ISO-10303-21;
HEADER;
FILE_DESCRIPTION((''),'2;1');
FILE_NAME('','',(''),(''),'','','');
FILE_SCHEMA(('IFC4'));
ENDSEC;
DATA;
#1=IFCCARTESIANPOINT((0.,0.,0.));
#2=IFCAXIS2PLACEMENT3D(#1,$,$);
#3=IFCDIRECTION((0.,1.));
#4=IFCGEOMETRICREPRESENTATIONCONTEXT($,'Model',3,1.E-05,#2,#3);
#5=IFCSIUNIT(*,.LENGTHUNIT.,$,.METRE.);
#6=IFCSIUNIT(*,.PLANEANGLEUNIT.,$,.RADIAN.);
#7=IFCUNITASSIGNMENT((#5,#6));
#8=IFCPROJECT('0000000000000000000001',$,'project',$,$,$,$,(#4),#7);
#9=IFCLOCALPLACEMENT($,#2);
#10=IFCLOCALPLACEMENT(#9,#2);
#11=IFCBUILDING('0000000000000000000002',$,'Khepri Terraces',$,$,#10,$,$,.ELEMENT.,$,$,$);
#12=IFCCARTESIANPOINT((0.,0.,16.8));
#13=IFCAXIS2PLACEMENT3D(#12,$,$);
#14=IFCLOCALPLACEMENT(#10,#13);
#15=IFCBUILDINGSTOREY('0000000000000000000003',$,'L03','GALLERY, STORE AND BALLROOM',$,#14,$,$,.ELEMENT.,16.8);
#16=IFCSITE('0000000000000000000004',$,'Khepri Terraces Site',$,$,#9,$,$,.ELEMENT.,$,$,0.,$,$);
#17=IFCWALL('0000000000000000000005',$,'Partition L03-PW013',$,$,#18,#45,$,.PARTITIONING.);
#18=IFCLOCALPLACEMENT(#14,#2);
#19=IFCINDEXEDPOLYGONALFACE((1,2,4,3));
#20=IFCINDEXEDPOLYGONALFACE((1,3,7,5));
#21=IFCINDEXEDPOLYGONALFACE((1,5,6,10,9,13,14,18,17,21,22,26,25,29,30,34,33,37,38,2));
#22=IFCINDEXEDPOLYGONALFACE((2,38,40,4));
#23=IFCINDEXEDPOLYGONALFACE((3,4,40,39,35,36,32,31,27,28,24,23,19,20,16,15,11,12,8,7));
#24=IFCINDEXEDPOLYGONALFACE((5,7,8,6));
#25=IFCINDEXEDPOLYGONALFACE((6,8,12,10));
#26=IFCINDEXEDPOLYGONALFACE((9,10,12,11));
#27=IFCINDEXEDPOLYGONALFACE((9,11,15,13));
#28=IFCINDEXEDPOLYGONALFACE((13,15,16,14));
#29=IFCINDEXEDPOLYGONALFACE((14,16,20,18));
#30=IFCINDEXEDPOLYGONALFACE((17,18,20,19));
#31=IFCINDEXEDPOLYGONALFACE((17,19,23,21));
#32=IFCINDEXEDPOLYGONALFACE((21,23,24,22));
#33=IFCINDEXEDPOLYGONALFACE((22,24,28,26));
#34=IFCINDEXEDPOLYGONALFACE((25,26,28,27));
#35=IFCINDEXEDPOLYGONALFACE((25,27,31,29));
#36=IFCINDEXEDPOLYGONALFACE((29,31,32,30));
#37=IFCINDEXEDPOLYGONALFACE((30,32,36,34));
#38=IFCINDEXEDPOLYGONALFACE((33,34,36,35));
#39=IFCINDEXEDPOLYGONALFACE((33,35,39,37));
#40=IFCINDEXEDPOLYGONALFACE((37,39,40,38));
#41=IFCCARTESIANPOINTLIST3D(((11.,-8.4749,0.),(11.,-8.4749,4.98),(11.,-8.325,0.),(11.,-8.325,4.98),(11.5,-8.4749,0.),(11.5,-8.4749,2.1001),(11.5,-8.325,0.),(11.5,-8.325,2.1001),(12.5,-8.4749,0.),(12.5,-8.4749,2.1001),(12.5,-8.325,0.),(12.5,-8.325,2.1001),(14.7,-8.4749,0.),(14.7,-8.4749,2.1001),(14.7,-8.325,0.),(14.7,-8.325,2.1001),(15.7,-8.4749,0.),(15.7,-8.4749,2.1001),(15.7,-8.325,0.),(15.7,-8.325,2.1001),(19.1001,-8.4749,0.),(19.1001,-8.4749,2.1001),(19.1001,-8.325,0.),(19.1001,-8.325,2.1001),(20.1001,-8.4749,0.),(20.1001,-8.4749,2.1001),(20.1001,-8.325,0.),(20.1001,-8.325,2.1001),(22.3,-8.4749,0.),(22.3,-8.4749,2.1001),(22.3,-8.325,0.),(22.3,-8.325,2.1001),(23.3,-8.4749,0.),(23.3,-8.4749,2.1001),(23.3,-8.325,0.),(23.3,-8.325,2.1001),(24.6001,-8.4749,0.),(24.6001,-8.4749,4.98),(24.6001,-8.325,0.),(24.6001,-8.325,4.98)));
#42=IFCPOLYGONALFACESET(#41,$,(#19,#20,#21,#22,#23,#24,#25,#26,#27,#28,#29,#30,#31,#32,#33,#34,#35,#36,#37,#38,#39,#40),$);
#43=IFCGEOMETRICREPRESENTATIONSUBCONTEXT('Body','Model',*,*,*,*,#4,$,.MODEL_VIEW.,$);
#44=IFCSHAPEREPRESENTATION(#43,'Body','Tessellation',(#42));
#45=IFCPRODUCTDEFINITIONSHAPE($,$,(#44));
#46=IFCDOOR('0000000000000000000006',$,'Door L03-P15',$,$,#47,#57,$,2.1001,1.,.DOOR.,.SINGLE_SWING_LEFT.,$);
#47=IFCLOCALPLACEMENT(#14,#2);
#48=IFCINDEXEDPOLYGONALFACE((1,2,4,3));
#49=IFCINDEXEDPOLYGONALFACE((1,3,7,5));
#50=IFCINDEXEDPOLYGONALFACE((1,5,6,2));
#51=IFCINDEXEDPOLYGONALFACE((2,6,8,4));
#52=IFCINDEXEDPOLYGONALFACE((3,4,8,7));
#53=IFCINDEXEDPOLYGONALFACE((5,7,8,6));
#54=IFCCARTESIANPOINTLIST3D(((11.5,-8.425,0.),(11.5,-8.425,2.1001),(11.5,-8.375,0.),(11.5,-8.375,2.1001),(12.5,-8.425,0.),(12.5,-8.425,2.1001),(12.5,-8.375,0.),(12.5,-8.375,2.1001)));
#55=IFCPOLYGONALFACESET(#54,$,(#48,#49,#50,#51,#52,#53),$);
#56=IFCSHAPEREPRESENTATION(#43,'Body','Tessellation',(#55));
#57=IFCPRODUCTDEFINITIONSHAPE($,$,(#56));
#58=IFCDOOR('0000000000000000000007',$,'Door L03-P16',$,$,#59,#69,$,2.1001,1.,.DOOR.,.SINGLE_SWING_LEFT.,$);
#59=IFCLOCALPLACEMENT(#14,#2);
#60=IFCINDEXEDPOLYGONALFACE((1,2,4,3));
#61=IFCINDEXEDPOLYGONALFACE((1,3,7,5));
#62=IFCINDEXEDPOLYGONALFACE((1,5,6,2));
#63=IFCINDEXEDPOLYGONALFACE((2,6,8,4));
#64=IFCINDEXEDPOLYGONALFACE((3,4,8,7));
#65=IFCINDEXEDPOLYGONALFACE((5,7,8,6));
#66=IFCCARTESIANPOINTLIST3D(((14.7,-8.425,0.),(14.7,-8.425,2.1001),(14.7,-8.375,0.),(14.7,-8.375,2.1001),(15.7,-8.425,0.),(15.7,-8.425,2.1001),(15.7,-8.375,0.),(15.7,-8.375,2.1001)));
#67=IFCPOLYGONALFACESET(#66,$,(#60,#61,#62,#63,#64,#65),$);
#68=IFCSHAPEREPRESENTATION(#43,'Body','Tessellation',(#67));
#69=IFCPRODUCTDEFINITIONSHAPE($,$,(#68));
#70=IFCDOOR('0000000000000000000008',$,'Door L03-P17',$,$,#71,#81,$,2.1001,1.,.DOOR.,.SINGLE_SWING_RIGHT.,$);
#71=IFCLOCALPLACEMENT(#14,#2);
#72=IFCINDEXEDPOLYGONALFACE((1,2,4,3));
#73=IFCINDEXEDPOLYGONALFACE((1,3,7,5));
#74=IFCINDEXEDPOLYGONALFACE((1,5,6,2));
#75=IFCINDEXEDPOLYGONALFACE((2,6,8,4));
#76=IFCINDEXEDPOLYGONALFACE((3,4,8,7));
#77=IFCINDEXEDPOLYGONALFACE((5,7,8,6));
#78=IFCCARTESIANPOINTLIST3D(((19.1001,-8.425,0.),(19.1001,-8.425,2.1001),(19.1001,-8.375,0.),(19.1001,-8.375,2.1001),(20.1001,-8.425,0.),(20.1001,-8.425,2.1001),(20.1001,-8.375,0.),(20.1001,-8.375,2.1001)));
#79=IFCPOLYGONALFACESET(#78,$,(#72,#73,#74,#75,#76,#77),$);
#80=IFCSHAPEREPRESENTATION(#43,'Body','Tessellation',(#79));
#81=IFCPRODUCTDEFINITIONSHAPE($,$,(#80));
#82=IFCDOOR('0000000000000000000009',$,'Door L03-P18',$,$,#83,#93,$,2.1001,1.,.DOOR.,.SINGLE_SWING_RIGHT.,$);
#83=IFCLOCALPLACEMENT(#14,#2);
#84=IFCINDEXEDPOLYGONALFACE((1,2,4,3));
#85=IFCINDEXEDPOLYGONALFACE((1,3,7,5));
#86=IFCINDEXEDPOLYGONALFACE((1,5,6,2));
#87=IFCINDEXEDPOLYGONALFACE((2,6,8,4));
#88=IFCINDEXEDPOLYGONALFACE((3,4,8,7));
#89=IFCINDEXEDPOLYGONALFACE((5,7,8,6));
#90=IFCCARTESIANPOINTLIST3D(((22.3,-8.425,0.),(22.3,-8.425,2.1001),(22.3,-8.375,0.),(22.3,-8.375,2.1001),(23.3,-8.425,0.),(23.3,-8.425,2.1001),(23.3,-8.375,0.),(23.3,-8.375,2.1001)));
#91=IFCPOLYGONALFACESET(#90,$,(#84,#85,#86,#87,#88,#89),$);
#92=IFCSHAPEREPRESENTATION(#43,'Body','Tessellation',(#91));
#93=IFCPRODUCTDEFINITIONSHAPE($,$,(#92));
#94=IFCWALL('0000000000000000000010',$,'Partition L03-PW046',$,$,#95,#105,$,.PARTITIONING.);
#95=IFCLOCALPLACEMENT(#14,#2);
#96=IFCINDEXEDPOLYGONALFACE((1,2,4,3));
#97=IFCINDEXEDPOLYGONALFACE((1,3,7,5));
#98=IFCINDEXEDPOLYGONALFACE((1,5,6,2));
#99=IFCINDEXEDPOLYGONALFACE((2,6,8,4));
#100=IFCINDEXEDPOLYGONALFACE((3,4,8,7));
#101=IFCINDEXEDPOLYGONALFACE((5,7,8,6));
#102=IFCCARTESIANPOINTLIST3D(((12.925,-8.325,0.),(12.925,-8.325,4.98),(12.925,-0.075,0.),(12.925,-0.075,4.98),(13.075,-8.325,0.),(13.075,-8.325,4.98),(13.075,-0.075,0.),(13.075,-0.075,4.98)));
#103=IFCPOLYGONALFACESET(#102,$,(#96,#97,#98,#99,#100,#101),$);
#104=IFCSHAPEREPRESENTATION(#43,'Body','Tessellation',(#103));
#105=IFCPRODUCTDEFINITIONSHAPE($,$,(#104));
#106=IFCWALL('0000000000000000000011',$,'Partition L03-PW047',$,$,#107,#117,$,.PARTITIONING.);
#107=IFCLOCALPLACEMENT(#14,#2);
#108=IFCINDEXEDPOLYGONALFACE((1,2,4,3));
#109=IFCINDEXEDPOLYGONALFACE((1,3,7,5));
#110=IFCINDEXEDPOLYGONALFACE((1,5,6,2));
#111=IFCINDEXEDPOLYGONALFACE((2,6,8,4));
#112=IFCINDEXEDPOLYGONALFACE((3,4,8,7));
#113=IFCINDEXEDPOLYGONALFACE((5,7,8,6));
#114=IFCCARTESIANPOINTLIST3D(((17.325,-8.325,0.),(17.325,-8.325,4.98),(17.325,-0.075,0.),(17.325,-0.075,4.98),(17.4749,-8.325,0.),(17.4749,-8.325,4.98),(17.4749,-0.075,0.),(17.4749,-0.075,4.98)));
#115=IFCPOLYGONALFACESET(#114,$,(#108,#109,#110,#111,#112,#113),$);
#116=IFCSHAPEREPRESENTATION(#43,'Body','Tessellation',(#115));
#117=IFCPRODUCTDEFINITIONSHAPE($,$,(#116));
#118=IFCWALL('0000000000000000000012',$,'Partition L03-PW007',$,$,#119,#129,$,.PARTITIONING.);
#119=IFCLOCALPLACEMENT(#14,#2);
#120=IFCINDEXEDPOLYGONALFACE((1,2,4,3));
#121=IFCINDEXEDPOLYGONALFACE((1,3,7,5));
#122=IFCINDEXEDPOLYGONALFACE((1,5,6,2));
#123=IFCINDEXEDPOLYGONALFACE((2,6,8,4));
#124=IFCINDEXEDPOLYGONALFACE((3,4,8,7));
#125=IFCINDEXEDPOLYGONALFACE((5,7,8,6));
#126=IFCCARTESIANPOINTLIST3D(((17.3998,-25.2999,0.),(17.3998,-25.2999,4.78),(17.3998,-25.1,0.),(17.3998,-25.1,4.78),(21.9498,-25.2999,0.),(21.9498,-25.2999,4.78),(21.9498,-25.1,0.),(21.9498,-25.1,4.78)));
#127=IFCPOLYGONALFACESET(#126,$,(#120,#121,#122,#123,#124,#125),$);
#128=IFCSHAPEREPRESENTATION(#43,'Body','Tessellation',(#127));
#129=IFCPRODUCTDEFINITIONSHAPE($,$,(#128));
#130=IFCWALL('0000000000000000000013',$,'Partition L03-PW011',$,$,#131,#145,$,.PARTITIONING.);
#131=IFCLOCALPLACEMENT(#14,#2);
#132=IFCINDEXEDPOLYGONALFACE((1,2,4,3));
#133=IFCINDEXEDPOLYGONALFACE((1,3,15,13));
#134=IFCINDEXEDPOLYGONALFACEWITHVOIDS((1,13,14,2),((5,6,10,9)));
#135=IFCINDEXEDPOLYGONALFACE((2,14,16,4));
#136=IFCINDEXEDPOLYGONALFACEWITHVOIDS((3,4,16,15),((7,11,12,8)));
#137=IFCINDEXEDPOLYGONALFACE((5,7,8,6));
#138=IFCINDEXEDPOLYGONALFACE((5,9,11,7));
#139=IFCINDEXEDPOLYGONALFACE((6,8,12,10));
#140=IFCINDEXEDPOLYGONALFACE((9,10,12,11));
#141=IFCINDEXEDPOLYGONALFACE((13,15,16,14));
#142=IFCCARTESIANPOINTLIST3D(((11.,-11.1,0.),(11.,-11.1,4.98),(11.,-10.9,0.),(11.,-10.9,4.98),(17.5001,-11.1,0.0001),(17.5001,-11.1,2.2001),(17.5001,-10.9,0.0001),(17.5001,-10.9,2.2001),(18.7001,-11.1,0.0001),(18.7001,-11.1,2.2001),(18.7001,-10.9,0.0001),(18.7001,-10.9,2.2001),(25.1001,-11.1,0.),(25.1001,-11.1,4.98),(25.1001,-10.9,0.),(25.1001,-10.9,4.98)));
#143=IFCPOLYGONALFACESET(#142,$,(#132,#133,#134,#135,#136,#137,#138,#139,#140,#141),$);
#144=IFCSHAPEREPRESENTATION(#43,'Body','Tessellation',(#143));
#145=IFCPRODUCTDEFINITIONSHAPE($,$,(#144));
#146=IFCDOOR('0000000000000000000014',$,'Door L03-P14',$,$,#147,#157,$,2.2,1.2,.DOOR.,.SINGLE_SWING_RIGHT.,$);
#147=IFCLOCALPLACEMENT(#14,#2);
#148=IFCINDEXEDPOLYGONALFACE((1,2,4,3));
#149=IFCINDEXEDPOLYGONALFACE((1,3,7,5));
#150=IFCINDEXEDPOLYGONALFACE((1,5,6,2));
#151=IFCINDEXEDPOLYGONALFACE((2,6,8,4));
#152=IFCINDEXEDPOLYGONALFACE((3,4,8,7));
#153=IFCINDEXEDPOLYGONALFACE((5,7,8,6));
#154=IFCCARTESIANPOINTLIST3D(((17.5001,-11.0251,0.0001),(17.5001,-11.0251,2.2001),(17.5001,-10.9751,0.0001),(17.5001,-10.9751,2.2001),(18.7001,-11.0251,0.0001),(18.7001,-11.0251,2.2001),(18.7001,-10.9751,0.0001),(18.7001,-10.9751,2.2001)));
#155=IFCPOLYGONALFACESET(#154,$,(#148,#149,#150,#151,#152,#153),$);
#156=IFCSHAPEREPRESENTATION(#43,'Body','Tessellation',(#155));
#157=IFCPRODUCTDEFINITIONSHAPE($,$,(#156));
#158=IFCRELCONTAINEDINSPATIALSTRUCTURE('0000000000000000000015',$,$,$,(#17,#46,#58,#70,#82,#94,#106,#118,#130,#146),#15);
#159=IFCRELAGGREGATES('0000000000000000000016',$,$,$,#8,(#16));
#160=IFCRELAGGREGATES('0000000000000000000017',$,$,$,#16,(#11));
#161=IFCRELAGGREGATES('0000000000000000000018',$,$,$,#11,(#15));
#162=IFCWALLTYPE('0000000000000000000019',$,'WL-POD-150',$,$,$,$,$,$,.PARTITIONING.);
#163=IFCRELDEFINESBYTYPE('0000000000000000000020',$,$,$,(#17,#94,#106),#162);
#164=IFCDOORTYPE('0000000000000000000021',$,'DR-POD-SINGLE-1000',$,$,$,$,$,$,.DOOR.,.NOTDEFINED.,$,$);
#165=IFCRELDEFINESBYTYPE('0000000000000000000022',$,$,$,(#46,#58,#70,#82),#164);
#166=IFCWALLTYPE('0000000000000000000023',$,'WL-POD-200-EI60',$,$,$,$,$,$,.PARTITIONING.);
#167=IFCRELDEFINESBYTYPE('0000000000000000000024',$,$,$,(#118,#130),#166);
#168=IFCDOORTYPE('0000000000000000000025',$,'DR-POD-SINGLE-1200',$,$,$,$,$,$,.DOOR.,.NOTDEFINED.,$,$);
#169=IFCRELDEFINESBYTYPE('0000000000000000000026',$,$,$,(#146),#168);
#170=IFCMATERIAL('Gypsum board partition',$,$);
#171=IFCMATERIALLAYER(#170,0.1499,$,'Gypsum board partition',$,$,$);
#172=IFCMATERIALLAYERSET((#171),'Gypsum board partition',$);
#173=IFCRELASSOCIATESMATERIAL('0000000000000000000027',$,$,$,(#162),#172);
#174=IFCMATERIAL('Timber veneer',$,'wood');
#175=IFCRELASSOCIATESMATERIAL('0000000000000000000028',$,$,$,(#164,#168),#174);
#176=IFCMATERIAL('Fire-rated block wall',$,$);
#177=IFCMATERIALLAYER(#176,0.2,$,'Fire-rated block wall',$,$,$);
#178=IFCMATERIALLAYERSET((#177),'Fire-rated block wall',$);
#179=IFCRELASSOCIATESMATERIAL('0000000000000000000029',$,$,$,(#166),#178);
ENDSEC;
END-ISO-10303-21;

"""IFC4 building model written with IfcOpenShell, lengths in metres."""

from ifc_helpers import new_model, si_unit, direction, frame, frame_2d, origin, place, context, subcontext, project, spatial, rectangle, extrude, material, layer, layer_set, type_object, element, fill, save


model = new_model("IFC4")

# Units and contexts
model_context = context("Model", 3, precision=1e-05, world=origin(), true_north=direction((0.0, 1.0)))
body_context = subcontext(model_context, "Body", "Model", "MODEL_VIEW")
ifc_project = project(units=[si_unit("LENGTHUNIT", "METRE"), si_unit("PLANEANGLEUNIT", "RADIAN")], contexts=[model_context])

# Site, building, storey
site_placement = place(None, origin())
site = spatial("IfcSite", under=ifc_project, at=site_placement, Name="Khepri Terraces Site", CompositionType="ELEMENT", RefElevation=0.0)
building_placement = place(site_placement, origin())
building = spatial("IfcBuilding", under=site, at=building_placement, Name="Khepri Terraces", CompositionType="ELEMENT")
storey_placement = place(building_placement, frame((0.0, 0.0, 16.8)))
storey = spatial("IfcBuildingStorey", under=building, at=storey_placement, Name="L03", Description="GALLERY, STORE AND BALLROOM", CompositionType="ELEMENT", Elevation=16.8)

# Wall, openings, doors
ifc_material_1 = material(Name="Gypsum board partition")
ifc_layer_1 = layer(ifc_material_1, 0.1499, Name="Gypsum board partition")
ifc_layer_set_1 = layer_set([ifc_layer_1], Name="Gypsum board partition")
wall_type_1 = type_object("IfcWallType", Name="WL-POD-150", PredefinedType="PARTITIONING", material=ifc_layer_set_1)
wall_1_placement = place(storey_placement, frame((11.0, -8.3999, 0.0), z_axis=(0.0, 0.0, 1.0), x_axis=(1.0, 0.0, 0.0)))
wall_1 = element("IfcWall", 1, at=wall_1_placement, inside=storey, type_object=wall_type_1, Name="Partition L03-PW013", PredefinedType="PARTITIONING", context=body_context, shape_type="SweptSolid", body=[
    extrude(rectangle(XDim=13.6001, YDim=0.1499, at=frame_2d((6.8, 0.0))), origin(), (0.0, 0.0, 1.0), 4.98),
])
opening_1_placement = place(wall_1_placement, frame((0.5, 0.0, 0.0)))
opening_1 = element("IfcOpeningElement", 2, at=opening_1_placement, cuts=wall_1, PredefinedType="OPENING", context=body_context, shape_type="SweptSolid", body=[
    extrude(rectangle(XDim=1.0, YDim=2.1001, at=frame_2d((0.5, 1.05))), frame((0.0, 0.085, 0.0), z_axis=(0.0, -1.0, 0.0), x_axis=(1.0, 0.0, 0.0)), (0.0, 0.0, 1.0), 0.1699),
])
opening_2_placement = place(wall_1_placement, frame((3.7, 0.0, 0.0)))
opening_2 = element("IfcOpeningElement", 3, at=opening_2_placement, cuts=wall_1, PredefinedType="OPENING", context=body_context, shape_type="SweptSolid", body=[
    extrude(rectangle(XDim=1.0, YDim=2.1001, at=frame_2d((0.5, 1.05))), frame((0.0, 0.085, 0.0), z_axis=(0.0, -1.0, 0.0), x_axis=(1.0, 0.0, 0.0)), (0.0, 0.0, 1.0), 0.1699),
])
opening_3_placement = place(wall_1_placement, frame((8.1001, 0.0, 0.0)))
opening_3 = element("IfcOpeningElement", 4, at=opening_3_placement, cuts=wall_1, PredefinedType="OPENING", context=body_context, shape_type="SweptSolid", body=[
    extrude(rectangle(XDim=1.0, YDim=2.1001, at=frame_2d((0.5, 1.05))), frame((0.0, 0.085, 0.0), z_axis=(0.0, -1.0, 0.0), x_axis=(1.0, 0.0, 0.0)), (0.0, 0.0, 1.0), 0.1699),
])
opening_4_placement = place(wall_1_placement, frame((11.3, 0.0, 0.0)))
opening_4 = element("IfcOpeningElement", 5, at=opening_4_placement, cuts=wall_1, PredefinedType="OPENING", context=body_context, shape_type="SweptSolid", body=[
    extrude(rectangle(XDim=1.0, YDim=2.1001, at=frame_2d((0.5, 1.05))), frame((0.0, 0.085, 0.0), z_axis=(0.0, -1.0, 0.0), x_axis=(1.0, 0.0, 0.0)), (0.0, 0.0, 1.0), 0.1699),
])
ifc_material_2 = material(Name="Timber veneer", Category="wood")
door_type_1 = type_object("IfcDoorType", Name="DR-POD-SINGLE-1000", OperationType="NOTDEFINED", PredefinedType="DOOR", material=ifc_material_2)
door_1_placement = place(opening_1_placement, origin())
door_1 = element("IfcDoor", 6, at=door_1_placement, inside=storey, type_object=door_type_1, Name="Door L03-P15", OperationType="SINGLE_SWING_LEFT", OverallHeight=2.1001, OverallWidth=1.0, PredefinedType="DOOR", context=body_context, shape_type="SweptSolid", body=[
    extrude(rectangle(XDim=1.0, YDim=2.1001, at=frame_2d((0.5, 1.05))), frame((0.0, 0.0249, 0.0), z_axis=(0.0, -1.0, 0.0), x_axis=(1.0, 0.0, 0.0)), (0.0, 0.0, 1.0), 0.05),
])
fill(opening_1, door_1)
door_2_placement = place(opening_2_placement, origin())
door_2 = element("IfcDoor", 7, at=door_2_placement, inside=storey, type_object=door_type_1, Name="Door L03-P16", OperationType="SINGLE_SWING_LEFT", OverallHeight=2.1001, OverallWidth=1.0, PredefinedType="DOOR", context=body_context, shape_type="SweptSolid", body=[
    extrude(rectangle(XDim=1.0, YDim=2.1001, at=frame_2d((0.5, 1.05))), frame((0.0, 0.0249, 0.0), z_axis=(0.0, -1.0, 0.0), x_axis=(1.0, 0.0, 0.0)), (0.0, 0.0, 1.0), 0.05),
])
fill(opening_2, door_2)
door_3_placement = place(opening_3_placement, origin())
door_3 = element("IfcDoor", 8, at=door_3_placement, inside=storey, type_object=door_type_1, Name="Door L03-P17", OperationType="SINGLE_SWING_RIGHT", OverallHeight=2.1001, OverallWidth=1.0, PredefinedType="DOOR", context=body_context, shape_type="SweptSolid", body=[
    extrude(rectangle(XDim=1.0, YDim=2.1001, at=frame_2d((0.5, 1.05))), frame((0.0, 0.0249, 0.0), z_axis=(0.0, -1.0, 0.0), x_axis=(1.0, 0.0, 0.0)), (0.0, 0.0, 1.0), 0.05),
])
fill(opening_3, door_3)
door_4_placement = place(opening_4_placement, origin())
door_4 = element("IfcDoor", 9, at=door_4_placement, inside=storey, type_object=door_type_1, Name="Door L03-P18", OperationType="SINGLE_SWING_RIGHT", OverallHeight=2.1001, OverallWidth=1.0, PredefinedType="DOOR", context=body_context, shape_type="SweptSolid", body=[
    extrude(rectangle(XDim=1.0, YDim=2.1001, at=frame_2d((0.5, 1.05))), frame((0.0, 0.0249, 0.0), z_axis=(0.0, -1.0, 0.0), x_axis=(1.0, 0.0, 0.0)), (0.0, 0.0, 1.0), 0.05),
])
fill(opening_4, door_4)

# Walls
for number, where, z_axis, x_axis, name in (
    (10, (13.0, -8.325, 0.0), (0.0, 0.0, 1.0), (0.0, 1.0, 0.0), "Partition L03-PW046"),
    (11, (17.3999, -8.325, 0.0), (0.0, 0.0, 1.0), (0.0, 1.0, 0.0), "Partition L03-PW047"),
):
    element("IfcWall", number, at=place(storey_placement, frame(where, z_axis=z_axis, x_axis=x_axis)), inside=storey, type_object=wall_type_1, Name=name, PredefinedType="PARTITIONING", context=body_context, shape_type="SweptSolid", body=[
        extrude(rectangle(XDim=8.25, YDim=0.1499, at=frame_2d((4.125, 0.0))), origin(), (0.0, 0.0, 1.0), 4.98),
    ])
ifc_material_3 = material(Name="Fire-rated block wall")
ifc_layer_2 = layer(ifc_material_3, 0.2, Name="Fire-rated block wall")
ifc_layer_set_2 = layer_set([ifc_layer_2], Name="Fire-rated block wall")
wall_type_2 = type_object("IfcWallType", Name="WL-POD-200-EI60", PredefinedType="PARTITIONING", material=ifc_layer_set_2)
wall_2_placement = place(storey_placement, frame((17.3999, -25.2, 0.0), z_axis=(0.0, 0.0, 1.0), x_axis=(1.0, 0.0, 0.0)))
element("IfcWall", 12, at=wall_2_placement, inside=storey, type_object=wall_type_2, Name="Partition L03-PW007", PredefinedType="PARTITIONING", context=body_context, shape_type="SweptSolid", body=[
    extrude(rectangle(XDim=4.55, YDim=0.2, at=frame_2d((2.2749, 0.0))), origin(), (0.0, 0.0, 1.0), 4.78),
])

# Wall, opening, door
wall_3_placement = place(storey_placement, frame((11.0, -11.0, 0.0), z_axis=(0.0, 0.0, 1.0), x_axis=(1.0, 0.0, 0.0)))
wall_3 = element("IfcWall", 13, at=wall_3_placement, inside=storey, type_object=wall_type_2, Name="Partition L03-PW011", PredefinedType="PARTITIONING", context=body_context, shape_type="SweptSolid", body=[
    extrude(rectangle(XDim=14.1001, YDim=0.2, at=frame_2d((7.05, 0.0))), origin(), (0.0, 0.0, 1.0), 4.98),
])
opening_5_placement = place(wall_3_placement, frame((6.5, 0.0, 0.0)))
opening_5 = element("IfcOpeningElement", 14, at=opening_5_placement, cuts=wall_3, PredefinedType="OPENING", context=body_context, shape_type="SweptSolid", body=[
    extrude(rectangle(XDim=1.2, YDim=2.2, at=frame_2d((0.6001, 1.1001))), frame((0.0, 0.1099, 0.0), z_axis=(0.0, -1.0, 0.0), x_axis=(1.0, 0.0, 0.0)), (0.0, 0.0, 1.0), 0.22),
])
door_type_2 = type_object("IfcDoorType", Name="DR-POD-SINGLE-1200", OperationType="NOTDEFINED", PredefinedType="DOOR", material=ifc_material_2)
door_5_placement = place(opening_5_placement, origin())
door_5 = element("IfcDoor", 15, at=door_5_placement, inside=storey, type_object=door_type_2, Name="Door L03-P14", OperationType="SINGLE_SWING_RIGHT", OverallHeight=2.2, OverallWidth=1.2, PredefinedType="DOOR", context=body_context, shape_type="SweptSolid", body=[
    extrude(rectangle(XDim=1.2, YDim=2.2, at=frame_2d((0.6001, 1.1001))), frame((0.0, 0.0249, 0.0), z_axis=(0.0, -1.0, 0.0), x_axis=(1.0, 0.0, 0.0)), (0.0, 0.0, 1.0), 0.05),
])
fill(opening_5, door_5)

save(model, "model.ifc")
